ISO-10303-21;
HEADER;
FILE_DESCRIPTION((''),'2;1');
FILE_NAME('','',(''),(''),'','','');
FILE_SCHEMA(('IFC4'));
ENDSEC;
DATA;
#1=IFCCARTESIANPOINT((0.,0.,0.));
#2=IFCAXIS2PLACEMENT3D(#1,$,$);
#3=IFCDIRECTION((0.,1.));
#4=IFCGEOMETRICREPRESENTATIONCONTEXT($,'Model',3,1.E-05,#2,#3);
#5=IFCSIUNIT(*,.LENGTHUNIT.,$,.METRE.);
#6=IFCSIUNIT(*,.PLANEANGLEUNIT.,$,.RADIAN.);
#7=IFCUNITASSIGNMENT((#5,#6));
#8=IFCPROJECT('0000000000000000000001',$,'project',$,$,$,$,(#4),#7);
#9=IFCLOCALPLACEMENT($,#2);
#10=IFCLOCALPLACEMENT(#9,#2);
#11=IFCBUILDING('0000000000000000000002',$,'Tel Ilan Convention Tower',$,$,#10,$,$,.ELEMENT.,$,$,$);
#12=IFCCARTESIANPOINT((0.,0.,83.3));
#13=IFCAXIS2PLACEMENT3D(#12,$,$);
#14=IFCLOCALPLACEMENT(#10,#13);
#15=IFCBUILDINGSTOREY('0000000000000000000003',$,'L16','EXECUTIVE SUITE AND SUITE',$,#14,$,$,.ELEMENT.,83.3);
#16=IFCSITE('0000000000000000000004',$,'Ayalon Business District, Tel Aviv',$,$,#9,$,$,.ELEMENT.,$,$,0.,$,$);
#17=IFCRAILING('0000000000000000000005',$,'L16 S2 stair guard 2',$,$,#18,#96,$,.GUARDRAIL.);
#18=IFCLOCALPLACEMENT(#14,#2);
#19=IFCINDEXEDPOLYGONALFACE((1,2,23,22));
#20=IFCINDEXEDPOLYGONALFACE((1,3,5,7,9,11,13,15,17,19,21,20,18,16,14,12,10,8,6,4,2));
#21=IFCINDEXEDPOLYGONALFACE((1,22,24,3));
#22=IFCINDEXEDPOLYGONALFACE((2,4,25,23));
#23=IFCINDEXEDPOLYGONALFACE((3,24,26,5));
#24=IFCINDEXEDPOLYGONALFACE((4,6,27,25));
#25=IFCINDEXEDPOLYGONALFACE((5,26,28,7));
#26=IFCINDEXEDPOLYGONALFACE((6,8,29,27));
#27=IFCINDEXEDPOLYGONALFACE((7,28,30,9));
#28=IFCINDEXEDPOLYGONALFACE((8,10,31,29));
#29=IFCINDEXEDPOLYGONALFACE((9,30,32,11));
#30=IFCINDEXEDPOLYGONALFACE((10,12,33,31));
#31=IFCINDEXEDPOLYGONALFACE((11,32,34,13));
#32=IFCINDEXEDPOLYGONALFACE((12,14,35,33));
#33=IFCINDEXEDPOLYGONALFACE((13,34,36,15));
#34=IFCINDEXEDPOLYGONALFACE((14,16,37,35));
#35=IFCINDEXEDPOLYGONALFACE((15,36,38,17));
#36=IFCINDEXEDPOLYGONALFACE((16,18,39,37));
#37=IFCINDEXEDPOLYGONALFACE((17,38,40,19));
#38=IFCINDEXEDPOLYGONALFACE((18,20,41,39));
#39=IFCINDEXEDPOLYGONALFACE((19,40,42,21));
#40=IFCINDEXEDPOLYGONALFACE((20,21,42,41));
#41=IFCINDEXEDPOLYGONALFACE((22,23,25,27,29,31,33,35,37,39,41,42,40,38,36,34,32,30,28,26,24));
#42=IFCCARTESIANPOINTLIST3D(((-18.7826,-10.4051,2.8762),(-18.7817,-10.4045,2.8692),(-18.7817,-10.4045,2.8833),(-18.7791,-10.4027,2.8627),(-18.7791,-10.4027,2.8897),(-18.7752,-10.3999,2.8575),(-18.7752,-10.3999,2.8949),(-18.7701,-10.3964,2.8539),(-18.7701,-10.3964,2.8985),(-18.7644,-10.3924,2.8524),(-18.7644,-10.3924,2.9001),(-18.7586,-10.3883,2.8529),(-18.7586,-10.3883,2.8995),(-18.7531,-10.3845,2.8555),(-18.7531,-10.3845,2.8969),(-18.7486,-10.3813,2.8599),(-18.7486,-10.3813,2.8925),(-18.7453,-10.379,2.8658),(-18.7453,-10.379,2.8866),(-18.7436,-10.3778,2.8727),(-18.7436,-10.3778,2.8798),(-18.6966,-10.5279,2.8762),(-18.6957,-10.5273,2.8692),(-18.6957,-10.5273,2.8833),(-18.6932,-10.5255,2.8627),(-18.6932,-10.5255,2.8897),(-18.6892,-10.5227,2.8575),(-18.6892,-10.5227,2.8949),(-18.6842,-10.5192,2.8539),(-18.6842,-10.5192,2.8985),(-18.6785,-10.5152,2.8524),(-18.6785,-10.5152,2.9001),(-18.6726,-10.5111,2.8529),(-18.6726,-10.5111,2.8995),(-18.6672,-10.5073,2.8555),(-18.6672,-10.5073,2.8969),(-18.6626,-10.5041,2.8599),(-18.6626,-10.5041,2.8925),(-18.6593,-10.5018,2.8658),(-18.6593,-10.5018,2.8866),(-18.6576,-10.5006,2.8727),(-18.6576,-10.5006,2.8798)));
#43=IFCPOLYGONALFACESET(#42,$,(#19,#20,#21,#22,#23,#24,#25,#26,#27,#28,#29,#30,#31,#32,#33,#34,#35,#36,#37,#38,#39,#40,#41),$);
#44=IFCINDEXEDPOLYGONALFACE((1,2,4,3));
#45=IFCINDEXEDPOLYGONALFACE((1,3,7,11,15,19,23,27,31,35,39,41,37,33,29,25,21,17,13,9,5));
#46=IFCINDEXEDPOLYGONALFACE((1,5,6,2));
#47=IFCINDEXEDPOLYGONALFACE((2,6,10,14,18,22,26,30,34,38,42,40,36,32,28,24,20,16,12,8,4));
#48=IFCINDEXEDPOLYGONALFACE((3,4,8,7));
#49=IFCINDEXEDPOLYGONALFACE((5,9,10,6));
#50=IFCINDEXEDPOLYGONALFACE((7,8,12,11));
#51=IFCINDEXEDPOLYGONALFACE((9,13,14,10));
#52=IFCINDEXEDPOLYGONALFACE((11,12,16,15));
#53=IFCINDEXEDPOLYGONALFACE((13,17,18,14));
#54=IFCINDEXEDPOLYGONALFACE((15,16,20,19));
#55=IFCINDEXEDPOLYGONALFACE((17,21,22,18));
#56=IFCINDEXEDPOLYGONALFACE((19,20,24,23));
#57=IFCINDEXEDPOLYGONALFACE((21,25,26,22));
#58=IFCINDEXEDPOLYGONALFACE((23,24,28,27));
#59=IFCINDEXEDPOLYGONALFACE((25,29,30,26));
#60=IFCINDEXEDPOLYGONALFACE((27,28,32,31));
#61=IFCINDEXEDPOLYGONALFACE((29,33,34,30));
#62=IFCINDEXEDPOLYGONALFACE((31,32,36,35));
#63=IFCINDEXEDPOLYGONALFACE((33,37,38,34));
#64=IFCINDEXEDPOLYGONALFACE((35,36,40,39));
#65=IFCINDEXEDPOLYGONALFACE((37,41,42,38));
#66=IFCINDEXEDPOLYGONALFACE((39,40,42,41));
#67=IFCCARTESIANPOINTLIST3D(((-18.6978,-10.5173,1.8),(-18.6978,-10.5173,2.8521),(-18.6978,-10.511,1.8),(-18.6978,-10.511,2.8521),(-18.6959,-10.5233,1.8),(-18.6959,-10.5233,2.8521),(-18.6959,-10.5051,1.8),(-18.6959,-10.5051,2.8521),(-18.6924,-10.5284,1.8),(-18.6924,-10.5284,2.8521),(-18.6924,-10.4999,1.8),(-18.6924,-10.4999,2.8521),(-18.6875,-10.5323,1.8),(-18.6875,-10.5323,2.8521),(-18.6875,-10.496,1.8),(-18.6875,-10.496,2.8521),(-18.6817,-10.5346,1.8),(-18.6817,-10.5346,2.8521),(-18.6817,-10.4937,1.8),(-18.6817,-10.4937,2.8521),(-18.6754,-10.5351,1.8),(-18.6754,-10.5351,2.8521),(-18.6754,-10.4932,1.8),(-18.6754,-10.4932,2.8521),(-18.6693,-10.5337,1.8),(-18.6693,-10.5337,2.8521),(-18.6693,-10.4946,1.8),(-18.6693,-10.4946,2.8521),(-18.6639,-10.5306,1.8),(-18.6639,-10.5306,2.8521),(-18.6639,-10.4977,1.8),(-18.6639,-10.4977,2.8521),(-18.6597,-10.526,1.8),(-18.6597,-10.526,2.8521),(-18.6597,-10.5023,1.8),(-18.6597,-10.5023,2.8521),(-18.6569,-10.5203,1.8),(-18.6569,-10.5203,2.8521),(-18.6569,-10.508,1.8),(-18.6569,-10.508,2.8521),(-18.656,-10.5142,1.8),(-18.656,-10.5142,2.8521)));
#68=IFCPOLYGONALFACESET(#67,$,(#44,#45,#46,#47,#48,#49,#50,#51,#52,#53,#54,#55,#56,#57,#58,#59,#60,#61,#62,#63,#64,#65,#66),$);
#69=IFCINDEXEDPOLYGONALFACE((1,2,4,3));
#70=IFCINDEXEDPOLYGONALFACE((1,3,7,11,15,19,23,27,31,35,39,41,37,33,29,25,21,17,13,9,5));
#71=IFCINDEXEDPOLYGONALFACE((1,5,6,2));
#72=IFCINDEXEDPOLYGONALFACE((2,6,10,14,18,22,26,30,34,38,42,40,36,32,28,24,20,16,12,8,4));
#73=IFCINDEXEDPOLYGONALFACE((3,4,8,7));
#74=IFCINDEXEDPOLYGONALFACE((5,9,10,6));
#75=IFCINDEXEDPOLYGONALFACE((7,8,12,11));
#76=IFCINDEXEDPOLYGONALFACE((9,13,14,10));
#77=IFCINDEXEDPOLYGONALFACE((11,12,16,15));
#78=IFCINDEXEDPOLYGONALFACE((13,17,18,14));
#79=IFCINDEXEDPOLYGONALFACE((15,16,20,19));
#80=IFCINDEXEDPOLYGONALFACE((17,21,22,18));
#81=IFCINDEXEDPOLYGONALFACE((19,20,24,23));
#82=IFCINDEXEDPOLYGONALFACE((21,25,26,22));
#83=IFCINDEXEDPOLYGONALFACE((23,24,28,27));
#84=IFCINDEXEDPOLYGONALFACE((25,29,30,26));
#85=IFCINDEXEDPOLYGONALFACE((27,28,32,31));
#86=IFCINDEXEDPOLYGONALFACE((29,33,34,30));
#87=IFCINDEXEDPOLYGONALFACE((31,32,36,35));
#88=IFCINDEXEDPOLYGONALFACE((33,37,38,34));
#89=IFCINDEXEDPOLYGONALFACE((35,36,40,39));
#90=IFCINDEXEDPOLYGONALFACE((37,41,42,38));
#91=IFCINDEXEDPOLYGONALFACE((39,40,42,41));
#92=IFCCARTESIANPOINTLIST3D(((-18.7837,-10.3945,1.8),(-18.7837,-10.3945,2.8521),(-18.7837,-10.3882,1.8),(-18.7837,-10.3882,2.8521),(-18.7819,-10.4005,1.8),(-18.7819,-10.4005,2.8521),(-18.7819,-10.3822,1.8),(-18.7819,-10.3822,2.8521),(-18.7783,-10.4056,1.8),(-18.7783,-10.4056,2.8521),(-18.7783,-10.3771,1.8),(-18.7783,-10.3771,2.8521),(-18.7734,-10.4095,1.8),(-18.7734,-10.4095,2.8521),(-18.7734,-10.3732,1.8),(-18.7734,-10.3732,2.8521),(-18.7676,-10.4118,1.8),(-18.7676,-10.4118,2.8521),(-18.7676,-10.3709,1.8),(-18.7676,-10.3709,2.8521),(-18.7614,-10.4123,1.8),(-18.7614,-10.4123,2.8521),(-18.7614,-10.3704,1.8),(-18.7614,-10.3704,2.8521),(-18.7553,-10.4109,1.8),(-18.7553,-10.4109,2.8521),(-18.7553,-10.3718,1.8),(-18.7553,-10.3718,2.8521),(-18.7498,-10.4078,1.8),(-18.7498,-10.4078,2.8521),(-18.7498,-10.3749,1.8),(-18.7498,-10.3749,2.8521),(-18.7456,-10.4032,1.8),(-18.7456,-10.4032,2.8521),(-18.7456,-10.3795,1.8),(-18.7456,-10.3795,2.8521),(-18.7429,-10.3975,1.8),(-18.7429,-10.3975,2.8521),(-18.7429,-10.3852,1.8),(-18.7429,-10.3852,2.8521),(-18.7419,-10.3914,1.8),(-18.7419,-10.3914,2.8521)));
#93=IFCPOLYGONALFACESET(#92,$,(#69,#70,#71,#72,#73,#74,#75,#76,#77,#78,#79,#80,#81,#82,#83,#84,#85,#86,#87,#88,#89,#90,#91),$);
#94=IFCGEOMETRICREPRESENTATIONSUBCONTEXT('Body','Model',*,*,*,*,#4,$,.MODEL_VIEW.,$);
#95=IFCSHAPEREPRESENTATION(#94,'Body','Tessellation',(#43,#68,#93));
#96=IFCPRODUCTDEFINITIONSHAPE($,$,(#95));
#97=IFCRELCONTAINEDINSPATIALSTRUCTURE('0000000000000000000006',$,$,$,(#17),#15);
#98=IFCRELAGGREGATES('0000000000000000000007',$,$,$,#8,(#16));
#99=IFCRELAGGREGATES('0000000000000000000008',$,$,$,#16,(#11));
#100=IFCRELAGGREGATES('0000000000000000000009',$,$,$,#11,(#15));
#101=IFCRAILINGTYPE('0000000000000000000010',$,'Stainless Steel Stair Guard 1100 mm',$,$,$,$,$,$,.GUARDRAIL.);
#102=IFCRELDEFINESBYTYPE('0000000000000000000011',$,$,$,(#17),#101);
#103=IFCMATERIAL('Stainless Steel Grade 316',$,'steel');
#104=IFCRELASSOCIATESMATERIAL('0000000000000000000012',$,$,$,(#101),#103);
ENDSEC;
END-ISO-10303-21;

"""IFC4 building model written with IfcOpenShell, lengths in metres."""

from ifc_helpers import new_model, si_unit, direction, frame, origin, origin_2d, place, context, subcontext, project, spatial, circle, extrude, material, type_object, element, save


model = new_model("IFC4")

# Units and contexts
model_context = context("Model", 3, precision=1e-05, world=origin(), true_north=direction((0.0, 1.0)))
body_context = subcontext(model_context, "Body", "Model", "MODEL_VIEW")
ifc_project = project(units=[si_unit("LENGTHUNIT", "METRE"), si_unit("PLANEANGLEUNIT", "RADIAN")], contexts=[model_context])

# Site, building, storey
site_placement = place(None, origin())
site = spatial("IfcSite", under=ifc_project, at=site_placement, Name="Ayalon Business District, Tel Aviv", CompositionType="ELEMENT", RefElevation=0.0)
building_placement = place(site_placement, origin())
building = spatial("IfcBuilding", under=site, at=building_placement, Name="Tel Ilan Convention Tower", CompositionType="ELEMENT")
storey_placement = place(building_placement, frame((0.0, 0.0, 83.3)))
storey = spatial("IfcBuildingStorey", under=building, at=storey_placement, Name="L16", Description="EXECUTIVE SUITE AND SUITE", CompositionType="ELEMENT", Elevation=83.3)

# Railing
ifc_material_1 = material(Name="Stainless Steel Grade 316", Category="steel")
railing_type_1 = type_object("IfcRailingType", Name="Stainless Steel Stair Guard 1100 mm", PredefinedType="GUARDRAIL", material=ifc_material_1)
railing_1_placement = place(storey_placement, frame((-18.677, -10.5142, 1.8)))
element("IfcRailing", 1, at=railing_1_placement, inside=storey, type_object=railing_type_1, Name="L16 S2 stair guard 2", PredefinedType="GUARDRAIL", context=body_context, shape_type="SweptSolid", body=[
    extrude(circle(Radius=0.0239, at=origin_2d()), frame((0.0, 0.0, 1.0762), z_axis=(-0.573353, 0.819308, 0.0), x_axis=(-0.819308, -0.573353, 0.0)), (0.0, 0.0, 1.0), 0.1499),
    extrude(circle(Radius=0.021, at=origin_2d()), origin(), (0.0, 0.0, 1.0), 1.052),
    extrude(circle(Radius=0.021, at=origin_2d()), frame((-0.0859, 0.1228, 0.0)), (0.0, 0.0, 1.0), 1.052),
])

save(model, "model.ifc")
